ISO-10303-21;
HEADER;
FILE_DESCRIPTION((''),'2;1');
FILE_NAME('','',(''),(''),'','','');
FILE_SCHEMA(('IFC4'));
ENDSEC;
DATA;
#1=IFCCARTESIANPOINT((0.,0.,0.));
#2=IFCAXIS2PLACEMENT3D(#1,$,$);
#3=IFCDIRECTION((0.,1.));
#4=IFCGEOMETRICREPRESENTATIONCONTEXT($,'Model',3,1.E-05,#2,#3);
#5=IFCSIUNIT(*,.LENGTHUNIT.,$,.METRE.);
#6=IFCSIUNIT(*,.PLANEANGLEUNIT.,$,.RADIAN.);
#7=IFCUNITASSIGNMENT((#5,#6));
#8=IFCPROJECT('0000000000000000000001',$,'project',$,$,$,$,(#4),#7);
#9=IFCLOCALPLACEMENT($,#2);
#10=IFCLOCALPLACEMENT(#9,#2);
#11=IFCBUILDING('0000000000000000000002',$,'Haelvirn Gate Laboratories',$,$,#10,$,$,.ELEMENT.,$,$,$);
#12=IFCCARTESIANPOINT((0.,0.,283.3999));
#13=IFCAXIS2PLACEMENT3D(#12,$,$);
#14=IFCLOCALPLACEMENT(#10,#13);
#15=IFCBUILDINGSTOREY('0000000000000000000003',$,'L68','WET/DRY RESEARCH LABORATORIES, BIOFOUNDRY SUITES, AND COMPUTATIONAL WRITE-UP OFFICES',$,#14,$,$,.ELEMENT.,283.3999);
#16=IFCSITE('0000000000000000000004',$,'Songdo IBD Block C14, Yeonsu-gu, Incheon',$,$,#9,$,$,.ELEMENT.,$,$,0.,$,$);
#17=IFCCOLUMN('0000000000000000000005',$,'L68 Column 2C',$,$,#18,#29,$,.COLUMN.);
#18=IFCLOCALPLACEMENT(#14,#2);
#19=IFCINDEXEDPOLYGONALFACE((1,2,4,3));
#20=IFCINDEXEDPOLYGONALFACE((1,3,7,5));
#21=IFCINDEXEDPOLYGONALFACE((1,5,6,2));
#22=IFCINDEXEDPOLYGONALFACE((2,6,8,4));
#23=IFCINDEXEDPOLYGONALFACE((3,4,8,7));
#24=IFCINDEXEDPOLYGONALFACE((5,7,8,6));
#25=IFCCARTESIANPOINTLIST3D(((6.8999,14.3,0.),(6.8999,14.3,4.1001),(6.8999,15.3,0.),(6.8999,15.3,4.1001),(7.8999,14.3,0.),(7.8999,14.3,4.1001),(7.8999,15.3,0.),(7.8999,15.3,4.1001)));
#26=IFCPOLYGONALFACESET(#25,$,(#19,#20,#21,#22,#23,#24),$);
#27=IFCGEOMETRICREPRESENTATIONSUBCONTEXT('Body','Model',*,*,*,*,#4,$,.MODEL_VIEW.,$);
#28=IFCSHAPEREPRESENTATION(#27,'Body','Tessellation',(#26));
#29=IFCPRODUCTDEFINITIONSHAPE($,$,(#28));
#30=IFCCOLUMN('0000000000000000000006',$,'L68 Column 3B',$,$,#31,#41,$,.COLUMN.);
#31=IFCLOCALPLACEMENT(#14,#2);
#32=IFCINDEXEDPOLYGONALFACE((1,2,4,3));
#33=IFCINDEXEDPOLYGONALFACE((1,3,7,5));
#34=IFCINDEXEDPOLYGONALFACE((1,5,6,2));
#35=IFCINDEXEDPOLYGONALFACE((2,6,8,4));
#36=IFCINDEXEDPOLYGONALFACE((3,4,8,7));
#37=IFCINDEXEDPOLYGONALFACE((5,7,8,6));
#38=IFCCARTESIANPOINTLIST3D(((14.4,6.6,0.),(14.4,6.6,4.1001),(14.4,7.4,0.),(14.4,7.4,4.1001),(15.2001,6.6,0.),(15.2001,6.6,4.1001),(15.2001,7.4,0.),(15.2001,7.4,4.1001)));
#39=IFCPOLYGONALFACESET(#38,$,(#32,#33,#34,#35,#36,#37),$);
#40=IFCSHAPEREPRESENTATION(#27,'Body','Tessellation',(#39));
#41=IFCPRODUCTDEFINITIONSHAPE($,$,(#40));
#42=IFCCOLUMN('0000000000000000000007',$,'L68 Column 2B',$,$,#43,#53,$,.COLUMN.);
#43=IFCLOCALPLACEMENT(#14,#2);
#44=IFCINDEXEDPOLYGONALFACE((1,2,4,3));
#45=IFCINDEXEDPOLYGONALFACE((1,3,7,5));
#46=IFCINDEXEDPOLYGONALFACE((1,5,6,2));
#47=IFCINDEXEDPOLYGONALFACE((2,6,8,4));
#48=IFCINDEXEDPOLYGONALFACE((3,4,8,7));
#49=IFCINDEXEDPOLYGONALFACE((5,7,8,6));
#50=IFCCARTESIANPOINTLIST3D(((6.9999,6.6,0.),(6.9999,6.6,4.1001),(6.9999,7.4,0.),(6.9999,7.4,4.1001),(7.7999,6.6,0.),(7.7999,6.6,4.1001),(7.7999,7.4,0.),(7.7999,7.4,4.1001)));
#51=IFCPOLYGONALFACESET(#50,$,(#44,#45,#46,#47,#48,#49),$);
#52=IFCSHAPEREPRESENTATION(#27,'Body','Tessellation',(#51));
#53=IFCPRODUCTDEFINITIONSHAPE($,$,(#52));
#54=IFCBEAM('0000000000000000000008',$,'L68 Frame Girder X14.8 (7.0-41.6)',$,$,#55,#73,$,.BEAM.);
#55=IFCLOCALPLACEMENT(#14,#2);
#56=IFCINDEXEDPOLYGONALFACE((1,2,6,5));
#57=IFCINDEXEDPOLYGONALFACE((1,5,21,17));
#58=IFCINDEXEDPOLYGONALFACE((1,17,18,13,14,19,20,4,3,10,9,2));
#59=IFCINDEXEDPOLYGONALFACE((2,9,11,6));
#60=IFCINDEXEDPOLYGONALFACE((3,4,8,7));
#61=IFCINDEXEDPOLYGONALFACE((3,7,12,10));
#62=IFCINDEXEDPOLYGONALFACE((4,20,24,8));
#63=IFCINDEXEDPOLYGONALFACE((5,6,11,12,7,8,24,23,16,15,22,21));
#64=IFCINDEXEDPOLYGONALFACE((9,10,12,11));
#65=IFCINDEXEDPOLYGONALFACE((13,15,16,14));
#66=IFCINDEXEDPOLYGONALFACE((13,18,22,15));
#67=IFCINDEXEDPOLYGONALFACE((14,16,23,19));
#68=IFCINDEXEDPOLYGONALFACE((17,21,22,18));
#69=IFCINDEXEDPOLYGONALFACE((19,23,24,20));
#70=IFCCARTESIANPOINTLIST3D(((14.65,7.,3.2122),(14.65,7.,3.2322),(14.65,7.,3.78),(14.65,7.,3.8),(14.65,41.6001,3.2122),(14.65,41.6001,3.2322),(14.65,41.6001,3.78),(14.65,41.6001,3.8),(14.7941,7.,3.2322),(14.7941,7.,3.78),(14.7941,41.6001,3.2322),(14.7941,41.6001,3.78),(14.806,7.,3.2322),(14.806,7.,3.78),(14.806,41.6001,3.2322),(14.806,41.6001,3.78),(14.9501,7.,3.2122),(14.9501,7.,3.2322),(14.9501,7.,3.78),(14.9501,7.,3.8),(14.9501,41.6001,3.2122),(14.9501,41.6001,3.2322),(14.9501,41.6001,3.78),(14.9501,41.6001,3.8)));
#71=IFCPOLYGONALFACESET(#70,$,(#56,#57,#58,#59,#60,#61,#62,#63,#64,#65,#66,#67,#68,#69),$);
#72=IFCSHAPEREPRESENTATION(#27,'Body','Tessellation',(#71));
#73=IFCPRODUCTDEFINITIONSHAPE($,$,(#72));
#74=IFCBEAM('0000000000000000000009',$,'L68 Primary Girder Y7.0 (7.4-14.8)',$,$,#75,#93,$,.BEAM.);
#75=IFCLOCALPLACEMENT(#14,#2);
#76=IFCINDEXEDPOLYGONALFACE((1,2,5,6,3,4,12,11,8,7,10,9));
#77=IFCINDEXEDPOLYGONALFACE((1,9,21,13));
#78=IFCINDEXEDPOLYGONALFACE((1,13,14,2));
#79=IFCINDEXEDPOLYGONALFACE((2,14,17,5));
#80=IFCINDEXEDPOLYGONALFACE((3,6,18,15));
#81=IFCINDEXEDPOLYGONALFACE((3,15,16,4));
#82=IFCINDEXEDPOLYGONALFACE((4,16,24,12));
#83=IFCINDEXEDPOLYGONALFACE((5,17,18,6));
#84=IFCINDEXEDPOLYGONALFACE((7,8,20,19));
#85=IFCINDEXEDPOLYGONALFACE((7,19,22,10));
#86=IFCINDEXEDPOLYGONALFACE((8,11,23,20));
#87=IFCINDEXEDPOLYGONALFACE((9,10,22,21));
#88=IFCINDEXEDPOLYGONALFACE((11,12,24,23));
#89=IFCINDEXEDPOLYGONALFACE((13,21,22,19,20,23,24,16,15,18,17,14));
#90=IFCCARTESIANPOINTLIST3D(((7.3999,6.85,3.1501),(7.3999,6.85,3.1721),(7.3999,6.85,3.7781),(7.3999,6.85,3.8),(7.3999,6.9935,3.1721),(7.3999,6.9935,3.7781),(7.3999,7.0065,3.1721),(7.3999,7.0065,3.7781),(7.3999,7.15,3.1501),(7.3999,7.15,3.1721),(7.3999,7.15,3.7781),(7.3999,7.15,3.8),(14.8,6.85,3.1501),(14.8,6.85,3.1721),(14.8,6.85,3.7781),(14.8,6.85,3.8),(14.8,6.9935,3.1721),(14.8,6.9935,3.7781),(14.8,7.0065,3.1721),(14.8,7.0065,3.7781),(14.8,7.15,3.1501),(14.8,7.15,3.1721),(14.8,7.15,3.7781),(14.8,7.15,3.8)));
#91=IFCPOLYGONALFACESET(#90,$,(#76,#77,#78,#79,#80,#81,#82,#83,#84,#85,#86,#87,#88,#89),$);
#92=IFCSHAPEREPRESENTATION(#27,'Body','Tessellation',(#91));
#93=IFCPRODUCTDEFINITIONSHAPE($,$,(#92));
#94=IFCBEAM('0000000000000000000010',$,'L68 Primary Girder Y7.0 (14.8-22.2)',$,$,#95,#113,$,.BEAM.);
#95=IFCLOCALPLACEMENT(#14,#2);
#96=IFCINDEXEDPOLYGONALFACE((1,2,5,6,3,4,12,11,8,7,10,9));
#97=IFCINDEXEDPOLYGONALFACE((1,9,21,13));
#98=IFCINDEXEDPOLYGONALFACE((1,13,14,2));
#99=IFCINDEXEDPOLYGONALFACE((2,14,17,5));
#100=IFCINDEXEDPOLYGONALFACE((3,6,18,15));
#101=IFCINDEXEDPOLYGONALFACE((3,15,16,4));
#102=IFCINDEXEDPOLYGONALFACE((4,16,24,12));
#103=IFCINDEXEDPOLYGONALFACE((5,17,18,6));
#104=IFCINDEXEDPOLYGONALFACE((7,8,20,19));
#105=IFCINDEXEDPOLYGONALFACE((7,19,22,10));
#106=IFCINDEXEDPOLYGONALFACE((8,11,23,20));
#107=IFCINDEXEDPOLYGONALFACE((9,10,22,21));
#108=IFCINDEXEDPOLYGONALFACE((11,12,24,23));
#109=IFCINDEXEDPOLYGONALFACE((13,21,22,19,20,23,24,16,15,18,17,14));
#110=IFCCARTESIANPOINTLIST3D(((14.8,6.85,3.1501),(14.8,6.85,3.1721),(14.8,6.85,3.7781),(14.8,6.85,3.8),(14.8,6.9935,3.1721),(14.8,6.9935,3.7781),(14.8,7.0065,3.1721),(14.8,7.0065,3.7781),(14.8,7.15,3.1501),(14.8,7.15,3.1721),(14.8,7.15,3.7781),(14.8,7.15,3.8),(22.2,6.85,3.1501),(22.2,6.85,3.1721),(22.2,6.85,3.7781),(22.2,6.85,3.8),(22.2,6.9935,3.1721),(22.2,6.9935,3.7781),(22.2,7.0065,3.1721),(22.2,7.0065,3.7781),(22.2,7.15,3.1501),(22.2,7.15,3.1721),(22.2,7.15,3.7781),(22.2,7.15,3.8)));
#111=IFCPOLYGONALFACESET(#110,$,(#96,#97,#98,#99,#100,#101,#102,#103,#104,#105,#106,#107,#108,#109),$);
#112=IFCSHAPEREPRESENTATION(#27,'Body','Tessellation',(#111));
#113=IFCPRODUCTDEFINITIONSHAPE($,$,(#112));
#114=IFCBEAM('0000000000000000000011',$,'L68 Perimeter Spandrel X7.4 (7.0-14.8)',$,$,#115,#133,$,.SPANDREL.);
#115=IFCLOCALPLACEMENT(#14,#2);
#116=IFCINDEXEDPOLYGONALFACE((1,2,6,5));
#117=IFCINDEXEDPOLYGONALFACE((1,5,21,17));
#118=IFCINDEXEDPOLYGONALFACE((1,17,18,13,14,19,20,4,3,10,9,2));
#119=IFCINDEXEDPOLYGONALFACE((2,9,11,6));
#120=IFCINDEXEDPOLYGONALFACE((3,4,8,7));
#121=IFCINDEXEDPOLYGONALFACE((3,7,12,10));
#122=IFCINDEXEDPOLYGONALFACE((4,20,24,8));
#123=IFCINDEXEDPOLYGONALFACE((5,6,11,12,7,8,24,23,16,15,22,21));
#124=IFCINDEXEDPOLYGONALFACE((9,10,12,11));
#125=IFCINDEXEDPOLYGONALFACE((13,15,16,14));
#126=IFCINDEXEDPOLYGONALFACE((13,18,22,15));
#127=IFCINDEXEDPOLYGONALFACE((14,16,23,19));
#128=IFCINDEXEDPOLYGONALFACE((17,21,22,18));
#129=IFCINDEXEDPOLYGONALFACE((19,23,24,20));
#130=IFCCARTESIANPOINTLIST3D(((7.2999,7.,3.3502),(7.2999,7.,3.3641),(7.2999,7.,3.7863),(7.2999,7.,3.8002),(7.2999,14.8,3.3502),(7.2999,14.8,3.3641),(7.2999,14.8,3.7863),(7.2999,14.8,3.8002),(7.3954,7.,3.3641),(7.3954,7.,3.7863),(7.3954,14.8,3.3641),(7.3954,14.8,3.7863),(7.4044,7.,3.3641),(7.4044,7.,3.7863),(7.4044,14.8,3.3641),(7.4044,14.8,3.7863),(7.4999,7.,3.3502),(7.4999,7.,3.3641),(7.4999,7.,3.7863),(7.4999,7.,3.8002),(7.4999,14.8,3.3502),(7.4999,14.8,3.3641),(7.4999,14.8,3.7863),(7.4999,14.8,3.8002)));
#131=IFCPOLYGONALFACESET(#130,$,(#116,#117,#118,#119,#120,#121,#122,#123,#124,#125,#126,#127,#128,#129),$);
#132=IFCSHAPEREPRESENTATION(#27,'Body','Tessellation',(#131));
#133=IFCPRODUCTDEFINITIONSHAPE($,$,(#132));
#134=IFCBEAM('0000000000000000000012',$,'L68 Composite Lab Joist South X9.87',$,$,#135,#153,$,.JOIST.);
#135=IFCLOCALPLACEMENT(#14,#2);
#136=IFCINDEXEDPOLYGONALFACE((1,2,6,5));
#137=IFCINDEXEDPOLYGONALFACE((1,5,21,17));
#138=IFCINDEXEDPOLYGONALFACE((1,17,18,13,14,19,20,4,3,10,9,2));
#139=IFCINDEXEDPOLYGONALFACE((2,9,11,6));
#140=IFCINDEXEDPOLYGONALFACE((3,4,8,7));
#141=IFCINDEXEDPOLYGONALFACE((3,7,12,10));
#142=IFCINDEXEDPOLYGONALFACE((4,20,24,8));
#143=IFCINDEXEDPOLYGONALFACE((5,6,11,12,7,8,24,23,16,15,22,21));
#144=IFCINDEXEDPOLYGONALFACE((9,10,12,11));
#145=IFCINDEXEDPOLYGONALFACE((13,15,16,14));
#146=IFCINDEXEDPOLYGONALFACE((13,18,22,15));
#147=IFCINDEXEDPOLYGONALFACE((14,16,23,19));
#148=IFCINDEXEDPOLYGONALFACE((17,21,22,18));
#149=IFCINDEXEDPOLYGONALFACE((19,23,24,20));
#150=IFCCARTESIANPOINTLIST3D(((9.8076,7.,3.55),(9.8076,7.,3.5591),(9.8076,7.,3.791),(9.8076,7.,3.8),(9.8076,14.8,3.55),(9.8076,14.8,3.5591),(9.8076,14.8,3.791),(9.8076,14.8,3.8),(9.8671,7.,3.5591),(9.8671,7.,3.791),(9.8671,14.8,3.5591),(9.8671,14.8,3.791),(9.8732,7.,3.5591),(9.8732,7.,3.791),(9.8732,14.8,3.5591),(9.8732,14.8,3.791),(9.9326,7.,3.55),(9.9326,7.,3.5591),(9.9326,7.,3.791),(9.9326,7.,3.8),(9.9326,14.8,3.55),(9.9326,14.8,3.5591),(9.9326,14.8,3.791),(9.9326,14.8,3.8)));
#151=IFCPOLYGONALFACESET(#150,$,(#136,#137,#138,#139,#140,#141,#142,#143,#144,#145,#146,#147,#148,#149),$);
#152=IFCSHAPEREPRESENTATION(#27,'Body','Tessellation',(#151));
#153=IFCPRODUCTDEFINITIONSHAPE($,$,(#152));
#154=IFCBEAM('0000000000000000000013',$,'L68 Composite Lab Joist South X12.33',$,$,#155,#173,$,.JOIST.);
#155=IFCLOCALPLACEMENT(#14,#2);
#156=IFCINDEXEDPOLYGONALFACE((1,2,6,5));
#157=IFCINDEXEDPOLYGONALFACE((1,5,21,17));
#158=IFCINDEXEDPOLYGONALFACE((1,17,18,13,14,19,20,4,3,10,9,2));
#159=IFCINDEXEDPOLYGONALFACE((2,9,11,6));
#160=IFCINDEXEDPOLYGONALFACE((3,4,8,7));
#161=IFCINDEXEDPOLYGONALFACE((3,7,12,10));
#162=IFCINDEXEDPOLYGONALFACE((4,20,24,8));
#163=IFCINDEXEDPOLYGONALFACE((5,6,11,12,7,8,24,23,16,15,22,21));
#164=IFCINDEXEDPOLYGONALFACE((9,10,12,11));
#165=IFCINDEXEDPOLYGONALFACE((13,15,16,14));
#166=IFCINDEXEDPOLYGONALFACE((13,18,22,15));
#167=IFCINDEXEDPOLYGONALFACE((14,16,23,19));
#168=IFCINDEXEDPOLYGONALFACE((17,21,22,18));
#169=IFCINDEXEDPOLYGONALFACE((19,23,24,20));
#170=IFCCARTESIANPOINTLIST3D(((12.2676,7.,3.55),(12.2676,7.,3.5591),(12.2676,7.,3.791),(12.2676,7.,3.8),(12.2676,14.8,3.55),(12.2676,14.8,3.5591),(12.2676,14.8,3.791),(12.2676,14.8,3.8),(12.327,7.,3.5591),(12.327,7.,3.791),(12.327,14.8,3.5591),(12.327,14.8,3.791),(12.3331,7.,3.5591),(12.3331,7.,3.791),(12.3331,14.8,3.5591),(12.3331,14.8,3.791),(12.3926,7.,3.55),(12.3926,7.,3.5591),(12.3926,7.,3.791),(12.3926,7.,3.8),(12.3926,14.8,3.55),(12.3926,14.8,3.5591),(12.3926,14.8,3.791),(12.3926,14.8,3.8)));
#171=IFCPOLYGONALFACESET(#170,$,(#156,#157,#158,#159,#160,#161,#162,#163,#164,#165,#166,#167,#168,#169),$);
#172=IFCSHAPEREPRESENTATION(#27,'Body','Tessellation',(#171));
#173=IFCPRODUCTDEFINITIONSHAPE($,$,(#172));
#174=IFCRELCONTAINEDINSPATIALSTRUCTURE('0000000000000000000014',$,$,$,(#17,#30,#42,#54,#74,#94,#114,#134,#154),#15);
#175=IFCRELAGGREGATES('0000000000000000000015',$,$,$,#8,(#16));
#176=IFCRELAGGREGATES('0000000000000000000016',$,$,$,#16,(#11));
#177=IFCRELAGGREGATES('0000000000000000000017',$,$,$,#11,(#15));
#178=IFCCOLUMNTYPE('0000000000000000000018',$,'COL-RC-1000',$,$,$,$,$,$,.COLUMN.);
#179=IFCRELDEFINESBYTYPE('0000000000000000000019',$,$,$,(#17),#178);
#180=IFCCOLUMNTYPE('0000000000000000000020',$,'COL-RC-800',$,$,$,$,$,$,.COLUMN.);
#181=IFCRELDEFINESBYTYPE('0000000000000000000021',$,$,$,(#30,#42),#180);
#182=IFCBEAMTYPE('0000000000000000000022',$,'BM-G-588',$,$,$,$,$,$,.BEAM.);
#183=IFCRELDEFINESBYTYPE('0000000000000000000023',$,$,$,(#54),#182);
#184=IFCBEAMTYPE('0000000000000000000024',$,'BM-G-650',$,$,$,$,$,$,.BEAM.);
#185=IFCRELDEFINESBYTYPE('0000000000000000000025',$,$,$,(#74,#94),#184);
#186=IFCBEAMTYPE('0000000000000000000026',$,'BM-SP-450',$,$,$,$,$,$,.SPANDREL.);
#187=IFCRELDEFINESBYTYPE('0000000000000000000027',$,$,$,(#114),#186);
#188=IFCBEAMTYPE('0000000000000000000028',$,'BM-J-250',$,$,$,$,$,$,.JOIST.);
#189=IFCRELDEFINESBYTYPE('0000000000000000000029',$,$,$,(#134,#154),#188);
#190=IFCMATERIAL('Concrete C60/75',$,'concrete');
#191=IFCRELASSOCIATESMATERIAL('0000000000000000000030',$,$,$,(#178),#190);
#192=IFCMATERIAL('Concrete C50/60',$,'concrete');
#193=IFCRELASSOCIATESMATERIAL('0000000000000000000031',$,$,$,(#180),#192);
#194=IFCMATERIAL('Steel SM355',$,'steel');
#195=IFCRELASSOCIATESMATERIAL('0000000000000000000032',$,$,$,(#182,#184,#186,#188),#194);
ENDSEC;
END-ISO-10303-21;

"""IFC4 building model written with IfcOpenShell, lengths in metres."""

from ifc_helpers import new_model, si_unit, direction, frame, origin, origin_2d, place, context, subcontext, project, spatial, rectangle, i_section, extrude, source, transform, mapped, material, material_profile, profile_set, type_object, type_shapes, element, save


model = new_model("IFC4")

# Units and contexts
model_context = context("Model", 3, precision=1e-05, world=origin(), true_north=direction((0.0, 1.0)))
body_context = subcontext(model_context, "Body", "Model", "MODEL_VIEW")
ifc_project = project(units=[si_unit("LENGTHUNIT", "METRE"), si_unit("PLANEANGLEUNIT", "RADIAN")], contexts=[model_context])

# Site, building, storey
site_placement = place(None, origin())
site = spatial("IfcSite", under=ifc_project, at=site_placement, Name="Songdo IBD Block C14, Yeonsu-gu, Incheon", CompositionType="ELEMENT", RefElevation=0.0)
building_placement = place(site_placement, origin())
building = spatial("IfcBuilding", under=site, at=building_placement, Name="Haelvirn Gate Laboratories", CompositionType="ELEMENT")
storey_placement = place(building_placement, frame((0.0, 0.0, 283.3999)))
storey = spatial("IfcBuildingStorey", under=building, at=storey_placement, Name="L68", Description="WET/DRY RESEARCH LABORATORIES, BIOFOUNDRY SUITES, AND COMPUTATIONAL WRITE-UP OFFICES", CompositionType="ELEMENT", Elevation=283.3999)

# Columns
ifc_material_1 = material(Name="Concrete C60/75", Category="concrete")
ifc_material_profile_1 = material_profile(ifc_material_1, rectangle(XDim=1.0, YDim=1.0, at=origin_2d()), Name="RC-1000x1000")
ifc_profile_set_1 = profile_set([ifc_material_profile_1], Name="Concrete C60/75")
column_type_1 = type_object("IfcColumnType", Name="COL-RC-1000", PredefinedType="COLUMN", material=ifc_profile_set_1)
shared_shape_1 = source(origin(), body_context, "Body", "SweptSolid", [
    extrude(rectangle(XDim=1.0, YDim=1.0, at=origin_2d()), origin(), (0.0, 0.0, 1.0), 4.1001),
])
type_shapes(column_type_1, [shared_shape_1])
column_placement = place(storey_placement, frame((7.3999, 14.8, 0.0), z_axis=(0.0, 0.0, 1.0), x_axis=(1.0, 0.0, 0.0)))
element("IfcColumn", 1, at=column_placement, inside=storey, type_object=column_type_1, Name="L68 Column 2C", PredefinedType="COLUMN", context=body_context, shape_type="MappedRepresentation", body=[
    mapped(shared_shape_1, transform((0.0, 0.0, 0.0), scale=1.0)),
])
ifc_material_2 = material(Name="Concrete C50/60", Category="concrete")
ifc_material_profile_2 = material_profile(ifc_material_2, rectangle(XDim=0.8, YDim=0.8, at=origin_2d()), Name="RC-800x800")
ifc_profile_set_2 = profile_set([ifc_material_profile_2], Name="Concrete C50/60")
column_type_2 = type_object("IfcColumnType", Name="COL-RC-800", PredefinedType="COLUMN", material=ifc_profile_set_2)
shared_shape_2 = source(origin(), body_context, "Body", "SweptSolid", [
    extrude(rectangle(XDim=0.8, YDim=0.8, at=origin_2d()), origin(), (0.0, 0.0, 1.0), 4.1001),
])
type_shapes(column_type_2, [shared_shape_2])
for number, where, z_axis, x_axis, name in (
    (2, (14.8, 7.0, 0.0), (0.0, 0.0, 1.0), (1.0, 0.0, 0.0), "L68 Column 3B"),
    (3, (7.3999, 7.0, 0.0), (0.0, 0.0, 1.0), (1.0, 0.0, 0.0), "L68 Column 2B"),
):
    element("IfcColumn", number, at=place(storey_placement, frame(where, z_axis=z_axis, x_axis=x_axis)), inside=storey, type_object=column_type_2, Name=name, PredefinedType="COLUMN", context=body_context, shape_type="MappedRepresentation", body=[
        mapped(shared_shape_2, transform((0.0, 0.0, 0.0), scale=1.0)),
    ])

# Beams
ifc_material_3 = material(Name="Steel SM355", Category="steel")
ifc_material_profile_3 = material_profile(ifc_material_3, i_section(OverallWidth=0.3, OverallDepth=0.5879, WebThickness=0.012, FlangeThickness=0.02, at=origin_2d()), Name="H-588x300x12x20")
ifc_profile_set_3 = profile_set([ifc_material_profile_3], Name="Steel SM355")
beam_type_1 = type_object("IfcBeamType", Name="BM-G-588", PredefinedType="BEAM", material=ifc_profile_set_3)
shared_shape_3 = source(origin(), body_context, "Body", "SweptSolid", [
    extrude(i_section(OverallWidth=0.3, OverallDepth=0.5879, WebThickness=0.012, FlangeThickness=0.02, at=origin_2d()), origin(), (0.0, 0.0, 1.0), 34.6001),
])
type_shapes(beam_type_1, [shared_shape_3])
beam_1_placement = place(storey_placement, frame((14.8, 7.0, 3.5061), z_axis=(0.0, 1.0, 0.0), x_axis=(-1.0, 0.0, 0.0)))
element("IfcBeam", 4, at=beam_1_placement, inside=storey, type_object=beam_type_1, Name="L68 Frame Girder X14.8 (7.0-41.6)", PredefinedType="BEAM", context=body_context, shape_type="MappedRepresentation", body=[
    mapped(shared_shape_3, transform((0.0, 0.0, 0.0), scale=1.0)),
])
ifc_material_profile_4 = material_profile(ifc_material_3, i_section(OverallWidth=0.3, OverallDepth=0.6499, WebThickness=0.0129, FlangeThickness=0.022, at=origin_2d()), Name="H-650x300x13x22")
ifc_profile_set_4 = profile_set([ifc_material_profile_4], Name="Steel SM355")
beam_type_2 = type_object("IfcBeamType", Name="BM-G-650", PredefinedType="BEAM", material=ifc_profile_set_4)
shared_shape_4 = source(origin(), body_context, "Body", "SweptSolid", [
    extrude(i_section(OverallWidth=0.3, OverallDepth=0.6499, WebThickness=0.0129, FlangeThickness=0.022, at=origin_2d()), origin(), (0.0, 0.0, 1.0), 7.4001),
])
beam_2_placement = place(storey_placement, frame((7.3999, 7.0, 3.4751), z_axis=(1.0, 0.0, 0.0), x_axis=(0.0, 1.0, 0.0)))
element("IfcBeam", 5, at=beam_2_placement, inside=storey, type_object=beam_type_2, Name="L68 Primary Girder Y7.0 (7.4-14.8)", PredefinedType="BEAM", context=body_context, shape_type="MappedRepresentation", body=[
    mapped(shared_shape_4, transform((0.0, 0.0, 0.0), scale=1.0)),
])
shared_shape_5 = source(origin(), body_context, "Body", "SweptSolid", [
    extrude(i_section(OverallWidth=0.3, OverallDepth=0.6499, WebThickness=0.0129, FlangeThickness=0.022, at=origin_2d()), origin(), (0.0, 0.0, 1.0), 7.3999),
])
type_shapes(beam_type_2, [shared_shape_4, shared_shape_5])
beam_3_placement = place(storey_placement, frame((14.8, 7.0, 3.4751), z_axis=(1.0, 0.0, 0.0), x_axis=(0.0, 1.0, 0.0)))
element("IfcBeam", 6, at=beam_3_placement, inside=storey, type_object=beam_type_2, Name="L68 Primary Girder Y7.0 (14.8-22.2)", PredefinedType="BEAM", context=body_context, shape_type="MappedRepresentation", body=[
    mapped(shared_shape_5, transform((0.0, 0.0, 0.0), scale=1.0)),
])
ifc_material_profile_5 = material_profile(ifc_material_3, i_section(OverallWidth=0.2, OverallDepth=0.45, WebThickness=0.009, FlangeThickness=0.0139, at=origin_2d()), Name="H-450x200x9x14")
ifc_profile_set_5 = profile_set([ifc_material_profile_5], Name="Steel SM355")
beam_type_3 = type_object("IfcBeamType", Name="BM-SP-450", PredefinedType="SPANDREL", material=ifc_profile_set_5)
shared_shape_6 = source(origin(), body_context, "Body", "SweptSolid", [
    extrude(i_section(OverallWidth=0.2, OverallDepth=0.45, WebThickness=0.009, FlangeThickness=0.0139, at=origin_2d()), origin(), (0.0, 0.0, 1.0), 7.8),
])
type_shapes(beam_type_3, [shared_shape_6])
beam_4_placement = place(storey_placement, frame((7.3999, 7.0, 3.5752), z_axis=(0.0, 1.0, 0.0), x_axis=(-1.0, 0.0, 0.0)))
element("IfcBeam", 7, at=beam_4_placement, inside=storey, type_object=beam_type_3, Name="L68 Perimeter Spandrel X7.4 (7.0-14.8)", PredefinedType="SPANDREL", context=body_context, shape_type="MappedRepresentation", body=[
    mapped(shared_shape_6, transform((0.0, 0.0, 0.0), scale=1.0)),
])
ifc_material_profile_6 = material_profile(ifc_material_3, i_section(OverallWidth=0.125, OverallDepth=0.25, WebThickness=0.0061, FlangeThickness=0.009, at=origin_2d()), Name="H-250x125x6x9")
ifc_profile_set_6 = profile_set([ifc_material_profile_6], Name="Steel SM355")
beam_type_4 = type_object("IfcBeamType", Name="BM-J-250", PredefinedType="JOIST", material=ifc_profile_set_6)
shared_shape_7 = source(origin(), body_context, "Body", "SweptSolid", [
    extrude(i_section(OverallWidth=0.125, OverallDepth=0.25, WebThickness=0.0061, FlangeThickness=0.009, at=origin_2d()), origin(), (0.0, 0.0, 1.0), 7.8),
])
type_shapes(beam_type_4, [shared_shape_7])
for number, where, z_axis, x_axis, name in (
    (8, (9.8701, 7.0, 3.675), (0.0, 1.0, 0.0), (-1.0, 0.0, 0.0), "L68 Composite Lab Joist South X9.87"),
    (9, (12.3301, 7.0, 3.675), (0.0, 1.0, 0.0), (-1.0, 0.0, 0.0), "L68 Composite Lab Joist South X12.33"),
):
    element("IfcBeam", number, at=place(storey_placement, frame(where, z_axis=z_axis, x_axis=x_axis)), inside=storey, type_object=beam_type_4, Name=name, PredefinedType="JOIST", context=body_context, shape_type="MappedRepresentation", body=[
        mapped(shared_shape_7, transform((0.0, 0.0, 0.0), scale=1.0)),
    ])

save(model, "model.ifc")
